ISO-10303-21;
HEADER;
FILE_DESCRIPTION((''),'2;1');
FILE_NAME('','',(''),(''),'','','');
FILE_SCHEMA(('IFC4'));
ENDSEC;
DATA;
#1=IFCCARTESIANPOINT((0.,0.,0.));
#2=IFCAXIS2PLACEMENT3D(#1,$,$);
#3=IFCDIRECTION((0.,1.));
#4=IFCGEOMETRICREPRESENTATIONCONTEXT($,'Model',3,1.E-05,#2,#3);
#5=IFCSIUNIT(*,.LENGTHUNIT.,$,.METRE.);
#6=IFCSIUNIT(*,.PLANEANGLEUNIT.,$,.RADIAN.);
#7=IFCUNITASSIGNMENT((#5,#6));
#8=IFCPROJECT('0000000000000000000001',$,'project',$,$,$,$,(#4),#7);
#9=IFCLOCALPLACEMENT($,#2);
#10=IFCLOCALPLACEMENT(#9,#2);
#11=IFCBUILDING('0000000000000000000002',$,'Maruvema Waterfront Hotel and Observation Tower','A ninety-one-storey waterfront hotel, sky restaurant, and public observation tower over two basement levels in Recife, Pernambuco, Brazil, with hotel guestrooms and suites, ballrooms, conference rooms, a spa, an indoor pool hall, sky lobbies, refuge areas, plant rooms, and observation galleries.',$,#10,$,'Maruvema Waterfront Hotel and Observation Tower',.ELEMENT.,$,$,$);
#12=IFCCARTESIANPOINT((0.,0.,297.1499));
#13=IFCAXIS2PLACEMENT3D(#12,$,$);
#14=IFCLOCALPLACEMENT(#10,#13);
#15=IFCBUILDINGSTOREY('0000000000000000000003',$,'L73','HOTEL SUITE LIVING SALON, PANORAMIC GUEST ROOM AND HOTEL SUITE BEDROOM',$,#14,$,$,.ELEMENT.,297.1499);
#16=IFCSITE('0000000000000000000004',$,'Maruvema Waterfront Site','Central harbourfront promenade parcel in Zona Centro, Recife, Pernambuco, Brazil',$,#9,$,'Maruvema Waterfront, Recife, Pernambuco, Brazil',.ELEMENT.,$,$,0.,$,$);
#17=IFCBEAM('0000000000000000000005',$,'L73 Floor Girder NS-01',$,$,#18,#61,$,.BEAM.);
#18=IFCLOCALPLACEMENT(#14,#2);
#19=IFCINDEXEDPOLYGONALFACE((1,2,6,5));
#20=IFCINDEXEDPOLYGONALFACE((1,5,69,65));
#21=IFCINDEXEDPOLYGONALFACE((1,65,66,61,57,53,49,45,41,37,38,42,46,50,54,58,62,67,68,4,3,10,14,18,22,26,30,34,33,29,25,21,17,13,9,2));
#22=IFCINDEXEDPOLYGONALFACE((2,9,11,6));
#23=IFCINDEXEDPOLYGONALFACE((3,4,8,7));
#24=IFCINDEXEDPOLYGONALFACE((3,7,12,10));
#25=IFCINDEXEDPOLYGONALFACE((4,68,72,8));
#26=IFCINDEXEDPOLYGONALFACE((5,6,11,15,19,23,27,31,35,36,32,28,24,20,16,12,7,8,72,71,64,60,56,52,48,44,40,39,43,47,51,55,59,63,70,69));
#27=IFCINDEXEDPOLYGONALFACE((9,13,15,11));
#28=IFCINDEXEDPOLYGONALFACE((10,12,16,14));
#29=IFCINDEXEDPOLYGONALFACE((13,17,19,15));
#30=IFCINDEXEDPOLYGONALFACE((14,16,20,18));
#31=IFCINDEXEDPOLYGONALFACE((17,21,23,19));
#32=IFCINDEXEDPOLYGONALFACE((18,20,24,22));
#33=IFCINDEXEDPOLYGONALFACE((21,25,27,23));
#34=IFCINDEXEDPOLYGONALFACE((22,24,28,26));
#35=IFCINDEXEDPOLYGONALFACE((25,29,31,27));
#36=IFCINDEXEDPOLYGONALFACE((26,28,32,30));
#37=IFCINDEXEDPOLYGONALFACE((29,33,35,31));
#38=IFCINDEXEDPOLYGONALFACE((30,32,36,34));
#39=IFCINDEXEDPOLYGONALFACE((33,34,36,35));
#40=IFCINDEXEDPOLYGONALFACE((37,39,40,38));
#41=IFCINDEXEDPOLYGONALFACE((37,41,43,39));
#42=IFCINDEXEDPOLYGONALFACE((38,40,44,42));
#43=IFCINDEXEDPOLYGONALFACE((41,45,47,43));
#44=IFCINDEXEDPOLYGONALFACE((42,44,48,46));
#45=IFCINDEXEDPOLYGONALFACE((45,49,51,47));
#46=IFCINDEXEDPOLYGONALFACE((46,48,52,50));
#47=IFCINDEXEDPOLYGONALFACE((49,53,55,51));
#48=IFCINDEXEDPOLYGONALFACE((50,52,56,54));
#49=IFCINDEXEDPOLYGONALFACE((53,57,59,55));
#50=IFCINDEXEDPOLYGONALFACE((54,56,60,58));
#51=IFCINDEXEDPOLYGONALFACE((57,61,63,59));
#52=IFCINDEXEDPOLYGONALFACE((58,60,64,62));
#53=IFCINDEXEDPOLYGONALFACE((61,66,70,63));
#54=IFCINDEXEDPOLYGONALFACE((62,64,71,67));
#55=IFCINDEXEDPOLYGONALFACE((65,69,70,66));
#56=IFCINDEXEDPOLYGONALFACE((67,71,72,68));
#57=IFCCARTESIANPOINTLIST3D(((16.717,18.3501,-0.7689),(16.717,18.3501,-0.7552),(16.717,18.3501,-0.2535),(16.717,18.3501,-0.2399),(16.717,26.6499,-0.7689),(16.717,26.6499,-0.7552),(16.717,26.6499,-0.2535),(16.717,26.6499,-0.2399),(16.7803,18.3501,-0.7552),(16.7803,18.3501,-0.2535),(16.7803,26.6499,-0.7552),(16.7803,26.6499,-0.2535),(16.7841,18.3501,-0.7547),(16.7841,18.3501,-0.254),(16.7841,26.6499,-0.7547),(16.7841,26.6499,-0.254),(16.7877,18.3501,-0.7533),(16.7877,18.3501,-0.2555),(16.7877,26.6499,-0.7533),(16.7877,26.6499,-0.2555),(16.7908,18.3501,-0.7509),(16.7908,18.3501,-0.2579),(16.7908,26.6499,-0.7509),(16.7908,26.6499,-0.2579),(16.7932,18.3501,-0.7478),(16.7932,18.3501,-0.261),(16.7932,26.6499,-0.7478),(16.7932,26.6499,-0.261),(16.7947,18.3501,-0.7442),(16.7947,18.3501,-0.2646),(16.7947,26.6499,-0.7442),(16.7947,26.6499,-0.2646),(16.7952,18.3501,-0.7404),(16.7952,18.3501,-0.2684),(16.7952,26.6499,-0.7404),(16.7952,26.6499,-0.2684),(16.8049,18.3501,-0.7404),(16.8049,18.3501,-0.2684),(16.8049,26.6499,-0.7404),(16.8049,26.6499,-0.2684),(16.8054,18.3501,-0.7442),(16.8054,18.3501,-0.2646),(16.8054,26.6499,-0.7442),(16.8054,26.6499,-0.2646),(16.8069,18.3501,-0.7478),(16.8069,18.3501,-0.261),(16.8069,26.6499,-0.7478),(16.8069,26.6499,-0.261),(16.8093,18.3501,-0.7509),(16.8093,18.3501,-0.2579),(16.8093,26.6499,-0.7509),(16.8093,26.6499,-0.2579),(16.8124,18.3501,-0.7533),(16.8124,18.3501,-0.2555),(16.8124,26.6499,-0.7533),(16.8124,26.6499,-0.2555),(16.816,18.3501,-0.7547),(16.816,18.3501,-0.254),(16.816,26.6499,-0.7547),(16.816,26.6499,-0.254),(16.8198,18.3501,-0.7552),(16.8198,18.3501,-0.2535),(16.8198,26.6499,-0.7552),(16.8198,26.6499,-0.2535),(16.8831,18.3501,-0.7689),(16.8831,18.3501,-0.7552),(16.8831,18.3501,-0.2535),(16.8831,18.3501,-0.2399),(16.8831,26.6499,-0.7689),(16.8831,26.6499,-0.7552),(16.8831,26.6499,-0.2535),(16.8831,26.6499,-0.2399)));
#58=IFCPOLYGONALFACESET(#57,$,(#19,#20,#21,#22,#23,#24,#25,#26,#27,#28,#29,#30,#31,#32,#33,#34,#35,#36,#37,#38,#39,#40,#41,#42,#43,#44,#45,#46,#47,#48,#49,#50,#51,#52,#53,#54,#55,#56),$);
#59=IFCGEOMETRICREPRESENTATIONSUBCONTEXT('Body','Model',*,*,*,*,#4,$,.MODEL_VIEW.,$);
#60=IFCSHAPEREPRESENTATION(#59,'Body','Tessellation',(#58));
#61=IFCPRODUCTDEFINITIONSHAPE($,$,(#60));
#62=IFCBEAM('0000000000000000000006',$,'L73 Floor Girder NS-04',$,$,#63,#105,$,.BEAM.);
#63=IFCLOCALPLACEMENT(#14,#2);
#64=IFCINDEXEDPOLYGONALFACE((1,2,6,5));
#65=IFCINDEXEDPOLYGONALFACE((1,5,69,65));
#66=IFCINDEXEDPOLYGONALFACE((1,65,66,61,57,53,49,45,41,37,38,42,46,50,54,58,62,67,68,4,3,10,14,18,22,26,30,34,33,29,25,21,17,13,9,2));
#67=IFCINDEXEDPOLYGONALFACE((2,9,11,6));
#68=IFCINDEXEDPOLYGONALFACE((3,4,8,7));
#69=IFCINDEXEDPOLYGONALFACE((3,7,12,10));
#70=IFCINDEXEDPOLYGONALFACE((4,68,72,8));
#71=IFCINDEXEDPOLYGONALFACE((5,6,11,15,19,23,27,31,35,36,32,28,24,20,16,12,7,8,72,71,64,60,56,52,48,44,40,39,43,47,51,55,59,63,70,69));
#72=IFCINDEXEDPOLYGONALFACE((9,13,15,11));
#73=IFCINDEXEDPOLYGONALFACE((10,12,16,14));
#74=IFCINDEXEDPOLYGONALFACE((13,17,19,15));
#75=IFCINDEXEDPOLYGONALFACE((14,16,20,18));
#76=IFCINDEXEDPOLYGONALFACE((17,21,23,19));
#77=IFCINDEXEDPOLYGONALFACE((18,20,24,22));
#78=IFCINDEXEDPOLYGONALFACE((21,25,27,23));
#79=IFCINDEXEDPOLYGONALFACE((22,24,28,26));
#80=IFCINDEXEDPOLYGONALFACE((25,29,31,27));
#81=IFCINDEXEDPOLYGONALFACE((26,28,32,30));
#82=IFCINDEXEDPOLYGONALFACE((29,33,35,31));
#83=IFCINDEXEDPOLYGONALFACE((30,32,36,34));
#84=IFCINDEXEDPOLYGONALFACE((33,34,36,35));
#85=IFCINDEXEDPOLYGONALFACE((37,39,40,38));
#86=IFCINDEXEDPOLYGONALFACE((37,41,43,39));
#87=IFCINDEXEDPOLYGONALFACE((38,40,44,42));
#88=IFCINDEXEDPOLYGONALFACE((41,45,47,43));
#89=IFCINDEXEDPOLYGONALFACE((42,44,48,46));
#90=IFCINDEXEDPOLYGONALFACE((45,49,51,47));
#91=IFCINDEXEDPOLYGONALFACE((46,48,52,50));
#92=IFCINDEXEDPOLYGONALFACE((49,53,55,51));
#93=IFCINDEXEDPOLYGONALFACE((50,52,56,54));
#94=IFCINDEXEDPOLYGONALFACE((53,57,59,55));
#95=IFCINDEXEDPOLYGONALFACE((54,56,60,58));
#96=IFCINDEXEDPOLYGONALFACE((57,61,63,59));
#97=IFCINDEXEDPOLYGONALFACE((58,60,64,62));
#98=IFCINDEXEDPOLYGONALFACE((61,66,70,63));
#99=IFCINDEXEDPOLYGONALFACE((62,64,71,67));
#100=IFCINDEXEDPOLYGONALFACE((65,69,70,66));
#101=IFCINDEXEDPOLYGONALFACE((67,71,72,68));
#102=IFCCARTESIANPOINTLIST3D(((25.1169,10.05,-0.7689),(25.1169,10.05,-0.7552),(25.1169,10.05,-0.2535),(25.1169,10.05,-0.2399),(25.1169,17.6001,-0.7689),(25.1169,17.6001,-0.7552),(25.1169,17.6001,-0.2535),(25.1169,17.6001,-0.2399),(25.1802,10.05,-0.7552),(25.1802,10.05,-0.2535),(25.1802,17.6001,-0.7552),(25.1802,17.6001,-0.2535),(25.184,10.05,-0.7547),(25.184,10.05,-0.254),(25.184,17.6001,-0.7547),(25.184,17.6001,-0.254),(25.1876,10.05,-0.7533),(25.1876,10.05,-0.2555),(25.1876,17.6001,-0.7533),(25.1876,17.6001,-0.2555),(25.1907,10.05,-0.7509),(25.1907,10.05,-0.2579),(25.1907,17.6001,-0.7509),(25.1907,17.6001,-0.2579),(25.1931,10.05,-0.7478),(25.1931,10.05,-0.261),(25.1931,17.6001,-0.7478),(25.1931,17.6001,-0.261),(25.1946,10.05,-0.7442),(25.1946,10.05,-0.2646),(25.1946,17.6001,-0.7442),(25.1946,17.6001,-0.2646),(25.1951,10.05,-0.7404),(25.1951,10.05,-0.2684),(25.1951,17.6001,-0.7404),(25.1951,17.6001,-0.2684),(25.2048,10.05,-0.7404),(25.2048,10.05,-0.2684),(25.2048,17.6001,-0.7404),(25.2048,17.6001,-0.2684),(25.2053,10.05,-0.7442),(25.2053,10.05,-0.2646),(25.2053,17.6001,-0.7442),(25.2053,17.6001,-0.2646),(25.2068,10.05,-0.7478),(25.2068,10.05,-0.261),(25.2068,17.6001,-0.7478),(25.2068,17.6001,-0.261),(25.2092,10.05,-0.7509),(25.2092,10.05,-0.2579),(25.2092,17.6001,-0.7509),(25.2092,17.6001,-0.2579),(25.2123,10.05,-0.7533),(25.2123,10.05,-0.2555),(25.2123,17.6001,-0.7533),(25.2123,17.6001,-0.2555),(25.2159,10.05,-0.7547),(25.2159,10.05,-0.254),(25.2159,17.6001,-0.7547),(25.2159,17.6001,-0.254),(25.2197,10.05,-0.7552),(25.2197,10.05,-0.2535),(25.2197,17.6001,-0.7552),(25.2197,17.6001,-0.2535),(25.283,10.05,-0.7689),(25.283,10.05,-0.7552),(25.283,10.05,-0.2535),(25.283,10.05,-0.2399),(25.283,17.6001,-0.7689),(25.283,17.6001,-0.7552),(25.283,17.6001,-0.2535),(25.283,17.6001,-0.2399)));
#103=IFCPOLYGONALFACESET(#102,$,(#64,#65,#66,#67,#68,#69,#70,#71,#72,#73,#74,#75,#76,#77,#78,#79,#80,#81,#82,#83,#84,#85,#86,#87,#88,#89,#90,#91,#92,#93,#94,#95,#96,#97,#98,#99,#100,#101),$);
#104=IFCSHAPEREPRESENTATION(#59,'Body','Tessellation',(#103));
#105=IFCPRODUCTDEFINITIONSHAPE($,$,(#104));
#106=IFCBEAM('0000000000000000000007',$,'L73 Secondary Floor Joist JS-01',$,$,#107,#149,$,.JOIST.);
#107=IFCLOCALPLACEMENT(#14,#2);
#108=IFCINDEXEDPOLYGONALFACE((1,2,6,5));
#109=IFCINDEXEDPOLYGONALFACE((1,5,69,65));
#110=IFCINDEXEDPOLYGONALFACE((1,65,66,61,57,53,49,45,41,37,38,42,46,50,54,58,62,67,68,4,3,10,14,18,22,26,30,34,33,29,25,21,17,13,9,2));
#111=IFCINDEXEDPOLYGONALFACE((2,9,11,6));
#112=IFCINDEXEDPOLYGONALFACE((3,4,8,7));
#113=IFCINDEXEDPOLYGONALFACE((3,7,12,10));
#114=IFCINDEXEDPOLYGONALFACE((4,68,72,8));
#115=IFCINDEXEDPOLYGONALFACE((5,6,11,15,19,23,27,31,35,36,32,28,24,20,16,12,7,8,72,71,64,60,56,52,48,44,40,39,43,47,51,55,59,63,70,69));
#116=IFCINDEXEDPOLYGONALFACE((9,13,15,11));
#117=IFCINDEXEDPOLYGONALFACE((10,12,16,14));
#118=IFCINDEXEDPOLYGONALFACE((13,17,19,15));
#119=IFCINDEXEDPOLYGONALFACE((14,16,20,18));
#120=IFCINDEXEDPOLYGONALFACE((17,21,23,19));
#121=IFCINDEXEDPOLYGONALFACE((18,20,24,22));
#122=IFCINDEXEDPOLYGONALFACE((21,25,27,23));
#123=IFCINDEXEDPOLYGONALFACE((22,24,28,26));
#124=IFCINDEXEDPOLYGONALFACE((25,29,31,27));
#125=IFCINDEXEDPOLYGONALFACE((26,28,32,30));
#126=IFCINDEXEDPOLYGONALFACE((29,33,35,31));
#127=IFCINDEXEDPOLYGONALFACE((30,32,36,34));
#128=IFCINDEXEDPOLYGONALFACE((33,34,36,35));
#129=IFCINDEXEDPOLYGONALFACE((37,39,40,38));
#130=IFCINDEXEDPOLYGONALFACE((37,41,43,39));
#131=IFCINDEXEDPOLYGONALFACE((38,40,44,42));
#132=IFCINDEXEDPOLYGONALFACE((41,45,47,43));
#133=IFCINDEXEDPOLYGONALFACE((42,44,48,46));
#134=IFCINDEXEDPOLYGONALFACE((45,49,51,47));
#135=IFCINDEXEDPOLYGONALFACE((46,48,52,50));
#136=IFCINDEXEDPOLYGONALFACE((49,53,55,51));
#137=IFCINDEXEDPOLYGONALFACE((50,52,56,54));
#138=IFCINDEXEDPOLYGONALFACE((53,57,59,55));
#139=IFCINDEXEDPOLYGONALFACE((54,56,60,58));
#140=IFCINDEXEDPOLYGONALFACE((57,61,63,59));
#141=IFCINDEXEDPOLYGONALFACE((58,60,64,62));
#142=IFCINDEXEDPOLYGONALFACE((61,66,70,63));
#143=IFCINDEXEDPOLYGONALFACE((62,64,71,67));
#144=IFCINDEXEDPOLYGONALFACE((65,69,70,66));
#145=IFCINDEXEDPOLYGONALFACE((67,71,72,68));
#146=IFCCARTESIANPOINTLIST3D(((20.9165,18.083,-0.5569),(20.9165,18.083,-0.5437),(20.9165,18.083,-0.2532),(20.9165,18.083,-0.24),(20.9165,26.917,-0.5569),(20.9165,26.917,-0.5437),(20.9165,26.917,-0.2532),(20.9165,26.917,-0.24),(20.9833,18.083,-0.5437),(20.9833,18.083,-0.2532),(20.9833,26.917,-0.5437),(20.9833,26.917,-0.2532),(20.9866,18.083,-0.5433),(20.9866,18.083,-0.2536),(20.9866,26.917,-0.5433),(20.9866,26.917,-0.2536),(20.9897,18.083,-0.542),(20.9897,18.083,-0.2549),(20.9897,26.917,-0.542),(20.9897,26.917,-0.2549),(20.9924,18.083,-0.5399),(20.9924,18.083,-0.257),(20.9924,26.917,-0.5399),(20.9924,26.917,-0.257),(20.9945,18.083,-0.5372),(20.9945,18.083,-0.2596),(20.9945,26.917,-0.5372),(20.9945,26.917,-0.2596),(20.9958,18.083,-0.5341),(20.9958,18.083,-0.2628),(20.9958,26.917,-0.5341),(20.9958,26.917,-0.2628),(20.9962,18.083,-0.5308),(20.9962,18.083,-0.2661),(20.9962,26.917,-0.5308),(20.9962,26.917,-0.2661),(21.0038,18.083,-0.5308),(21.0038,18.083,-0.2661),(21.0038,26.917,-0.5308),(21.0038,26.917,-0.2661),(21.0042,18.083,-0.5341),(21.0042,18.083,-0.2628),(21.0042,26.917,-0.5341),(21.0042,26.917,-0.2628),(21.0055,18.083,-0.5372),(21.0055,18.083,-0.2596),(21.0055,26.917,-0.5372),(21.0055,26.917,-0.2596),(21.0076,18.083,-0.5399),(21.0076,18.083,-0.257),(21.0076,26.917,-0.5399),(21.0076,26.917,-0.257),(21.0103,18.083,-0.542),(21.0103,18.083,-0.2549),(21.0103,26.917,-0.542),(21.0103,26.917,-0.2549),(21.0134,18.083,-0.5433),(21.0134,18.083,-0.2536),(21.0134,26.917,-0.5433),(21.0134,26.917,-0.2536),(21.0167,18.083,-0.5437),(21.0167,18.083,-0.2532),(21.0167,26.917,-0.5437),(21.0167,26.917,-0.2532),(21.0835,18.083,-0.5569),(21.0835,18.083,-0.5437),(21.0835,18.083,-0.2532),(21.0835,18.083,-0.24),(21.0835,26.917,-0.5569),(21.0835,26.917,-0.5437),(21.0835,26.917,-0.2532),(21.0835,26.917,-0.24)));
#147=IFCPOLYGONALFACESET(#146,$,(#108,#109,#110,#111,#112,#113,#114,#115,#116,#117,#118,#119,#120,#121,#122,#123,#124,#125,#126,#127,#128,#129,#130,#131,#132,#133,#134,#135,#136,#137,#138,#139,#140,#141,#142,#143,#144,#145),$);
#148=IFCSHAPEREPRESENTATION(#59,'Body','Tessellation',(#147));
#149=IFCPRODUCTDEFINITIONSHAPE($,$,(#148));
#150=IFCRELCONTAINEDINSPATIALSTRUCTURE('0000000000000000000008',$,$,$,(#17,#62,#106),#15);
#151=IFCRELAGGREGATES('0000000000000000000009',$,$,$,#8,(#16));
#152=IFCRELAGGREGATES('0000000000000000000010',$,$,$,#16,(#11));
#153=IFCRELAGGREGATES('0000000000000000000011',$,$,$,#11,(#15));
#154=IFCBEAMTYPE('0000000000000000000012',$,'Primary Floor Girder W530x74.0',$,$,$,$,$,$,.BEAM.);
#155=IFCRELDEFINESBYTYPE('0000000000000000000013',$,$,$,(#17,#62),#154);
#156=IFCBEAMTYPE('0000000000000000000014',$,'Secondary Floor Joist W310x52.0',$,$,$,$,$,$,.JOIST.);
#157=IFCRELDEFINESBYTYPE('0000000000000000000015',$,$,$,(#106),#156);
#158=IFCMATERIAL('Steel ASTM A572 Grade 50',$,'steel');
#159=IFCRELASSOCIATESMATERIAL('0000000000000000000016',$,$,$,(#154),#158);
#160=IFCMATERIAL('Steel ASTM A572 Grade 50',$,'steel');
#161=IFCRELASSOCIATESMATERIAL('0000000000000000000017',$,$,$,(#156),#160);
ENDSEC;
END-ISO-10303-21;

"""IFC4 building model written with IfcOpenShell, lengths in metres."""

from ifc_helpers import new_model, si_unit, direction, frame, origin, origin_2d, place, context, subcontext, project, spatial, i_section, extrude, material, material_profile, profile_set, type_object, element, save


model = new_model("IFC4")

# Units and contexts
model_context = context("Model", 3, precision=1e-05, world=origin(), true_north=direction((0.0, 1.0)))
body_context = subcontext(model_context, "Body", "Model", "MODEL_VIEW")
ifc_project = project(units=[si_unit("LENGTHUNIT", "METRE"), si_unit("PLANEANGLEUNIT", "RADIAN")], contexts=[model_context])

# Site, building, storey
site_placement = place(None, origin())
site = spatial("IfcSite", under=ifc_project, at=site_placement, Name="Maruvema Waterfront Site", Description="Central harbourfront promenade parcel in Zona Centro, Recife, Pernambuco, Brazil", LongName="Maruvema Waterfront, Recife, Pernambuco, Brazil", CompositionType="ELEMENT", RefElevation=0.0)
building_placement = place(site_placement, origin())
building = spatial("IfcBuilding", under=site, at=building_placement, Name="Maruvema Waterfront Hotel and Observation Tower", Description="A ninety-one-storey waterfront hotel, sky restaurant, and public observation tower over two basement levels in Recife, Pernambuco, Brazil, with hotel guestrooms and suites, ballrooms, conference rooms, a spa, an indoor pool hall, sky lobbies, refuge areas, plant rooms, and observation galleries.", LongName="Maruvema Waterfront Hotel and Observation Tower", CompositionType="ELEMENT")
storey_placement = place(building_placement, frame((0.0, 0.0, 297.1499)))
storey = spatial("IfcBuildingStorey", under=building, at=storey_placement, Name="L73", Description="HOTEL SUITE LIVING SALON, PANORAMIC GUEST ROOM AND HOTEL SUITE BEDROOM", CompositionType="ELEMENT", Elevation=297.1499)

# Beams
ifc_material_1 = material(Name="Steel ASTM A572 Grade 50", Category="steel")
ifc_material_profile_1 = material_profile(ifc_material_1, i_section(OverallWidth=0.166, OverallDepth=0.5291, WebThickness=0.0098, FlangeThickness=0.0137, FilletRadius=0.0149, at=origin_2d()), Name="W530x74.0")
ifc_profile_set_1 = profile_set([ifc_material_profile_1], Name="Steel ASTM A572 Grade 50")
beam_type_1 = type_object("IfcBeamType", Name="Primary Floor Girder W530x74.0", PredefinedType="BEAM", material=ifc_profile_set_1)
beam_1_placement = place(storey_placement, frame((16.8, 18.3501, -0.5044), z_axis=(0.0, 1.0, 0.0), x_axis=(-1.0, 0.0, 0.0)))
element("IfcBeam", 1, at=beam_1_placement, inside=storey, type_object=beam_type_1, Name="L73 Floor Girder NS-01", PredefinedType="BEAM", context=body_context, shape_type="SweptSolid", body=[
    extrude(i_section(OverallWidth=0.166, OverallDepth=0.5291, WebThickness=0.0098, FlangeThickness=0.0137, FilletRadius=0.0149, at=origin_2d()), origin(), (0.0, 0.0, 1.0), 8.2998),
])
beam_2_placement = place(storey_placement, frame((25.2, 10.05, -0.5044), z_axis=(0.0, 1.0, 0.0), x_axis=(-1.0, 0.0, 0.0)))
element("IfcBeam", 2, at=beam_2_placement, inside=storey, type_object=beam_type_1, Name="L73 Floor Girder NS-04", PredefinedType="BEAM", context=body_context, shape_type="SweptSolid", body=[
    extrude(i_section(OverallWidth=0.166, OverallDepth=0.5291, WebThickness=0.0098, FlangeThickness=0.0137, FilletRadius=0.0149, at=origin_2d()), origin(), (0.0, 0.0, 1.0), 7.55),
])
ifc_material_2 = material(Name="Steel ASTM A572 Grade 50", Category="steel")
ifc_material_profile_2 = material_profile(ifc_material_2, i_section(OverallWidth=0.167, OverallDepth=0.3169, WebThickness=0.0076, FlangeThickness=0.0132, FilletRadius=0.0129, at=origin_2d()), Name="W310x52.0")
ifc_profile_set_2 = profile_set([ifc_material_profile_2], Name="Steel ASTM A572 Grade 50")
beam_type_2 = type_object("IfcBeamType", Name="Secondary Floor Joist W310x52.0", PredefinedType="JOIST", material=ifc_profile_set_2)
beam_3_placement = place(storey_placement, frame((21.0, 18.083, -0.3984), z_axis=(0.0, 1.0, 0.0), x_axis=(-1.0, 0.0, 0.0)))
element("IfcBeam", 3, at=beam_3_placement, inside=storey, type_object=beam_type_2, Name="L73 Secondary Floor Joist JS-01", PredefinedType="JOIST", context=body_context, shape_type="SweptSolid", body=[
    extrude(i_section(OverallWidth=0.167, OverallDepth=0.3169, WebThickness=0.0076, FlangeThickness=0.0132, FilletRadius=0.0129, at=origin_2d()), origin(), (0.0, 0.0, 1.0), 8.834),
])

save(model, "model.ifc")
